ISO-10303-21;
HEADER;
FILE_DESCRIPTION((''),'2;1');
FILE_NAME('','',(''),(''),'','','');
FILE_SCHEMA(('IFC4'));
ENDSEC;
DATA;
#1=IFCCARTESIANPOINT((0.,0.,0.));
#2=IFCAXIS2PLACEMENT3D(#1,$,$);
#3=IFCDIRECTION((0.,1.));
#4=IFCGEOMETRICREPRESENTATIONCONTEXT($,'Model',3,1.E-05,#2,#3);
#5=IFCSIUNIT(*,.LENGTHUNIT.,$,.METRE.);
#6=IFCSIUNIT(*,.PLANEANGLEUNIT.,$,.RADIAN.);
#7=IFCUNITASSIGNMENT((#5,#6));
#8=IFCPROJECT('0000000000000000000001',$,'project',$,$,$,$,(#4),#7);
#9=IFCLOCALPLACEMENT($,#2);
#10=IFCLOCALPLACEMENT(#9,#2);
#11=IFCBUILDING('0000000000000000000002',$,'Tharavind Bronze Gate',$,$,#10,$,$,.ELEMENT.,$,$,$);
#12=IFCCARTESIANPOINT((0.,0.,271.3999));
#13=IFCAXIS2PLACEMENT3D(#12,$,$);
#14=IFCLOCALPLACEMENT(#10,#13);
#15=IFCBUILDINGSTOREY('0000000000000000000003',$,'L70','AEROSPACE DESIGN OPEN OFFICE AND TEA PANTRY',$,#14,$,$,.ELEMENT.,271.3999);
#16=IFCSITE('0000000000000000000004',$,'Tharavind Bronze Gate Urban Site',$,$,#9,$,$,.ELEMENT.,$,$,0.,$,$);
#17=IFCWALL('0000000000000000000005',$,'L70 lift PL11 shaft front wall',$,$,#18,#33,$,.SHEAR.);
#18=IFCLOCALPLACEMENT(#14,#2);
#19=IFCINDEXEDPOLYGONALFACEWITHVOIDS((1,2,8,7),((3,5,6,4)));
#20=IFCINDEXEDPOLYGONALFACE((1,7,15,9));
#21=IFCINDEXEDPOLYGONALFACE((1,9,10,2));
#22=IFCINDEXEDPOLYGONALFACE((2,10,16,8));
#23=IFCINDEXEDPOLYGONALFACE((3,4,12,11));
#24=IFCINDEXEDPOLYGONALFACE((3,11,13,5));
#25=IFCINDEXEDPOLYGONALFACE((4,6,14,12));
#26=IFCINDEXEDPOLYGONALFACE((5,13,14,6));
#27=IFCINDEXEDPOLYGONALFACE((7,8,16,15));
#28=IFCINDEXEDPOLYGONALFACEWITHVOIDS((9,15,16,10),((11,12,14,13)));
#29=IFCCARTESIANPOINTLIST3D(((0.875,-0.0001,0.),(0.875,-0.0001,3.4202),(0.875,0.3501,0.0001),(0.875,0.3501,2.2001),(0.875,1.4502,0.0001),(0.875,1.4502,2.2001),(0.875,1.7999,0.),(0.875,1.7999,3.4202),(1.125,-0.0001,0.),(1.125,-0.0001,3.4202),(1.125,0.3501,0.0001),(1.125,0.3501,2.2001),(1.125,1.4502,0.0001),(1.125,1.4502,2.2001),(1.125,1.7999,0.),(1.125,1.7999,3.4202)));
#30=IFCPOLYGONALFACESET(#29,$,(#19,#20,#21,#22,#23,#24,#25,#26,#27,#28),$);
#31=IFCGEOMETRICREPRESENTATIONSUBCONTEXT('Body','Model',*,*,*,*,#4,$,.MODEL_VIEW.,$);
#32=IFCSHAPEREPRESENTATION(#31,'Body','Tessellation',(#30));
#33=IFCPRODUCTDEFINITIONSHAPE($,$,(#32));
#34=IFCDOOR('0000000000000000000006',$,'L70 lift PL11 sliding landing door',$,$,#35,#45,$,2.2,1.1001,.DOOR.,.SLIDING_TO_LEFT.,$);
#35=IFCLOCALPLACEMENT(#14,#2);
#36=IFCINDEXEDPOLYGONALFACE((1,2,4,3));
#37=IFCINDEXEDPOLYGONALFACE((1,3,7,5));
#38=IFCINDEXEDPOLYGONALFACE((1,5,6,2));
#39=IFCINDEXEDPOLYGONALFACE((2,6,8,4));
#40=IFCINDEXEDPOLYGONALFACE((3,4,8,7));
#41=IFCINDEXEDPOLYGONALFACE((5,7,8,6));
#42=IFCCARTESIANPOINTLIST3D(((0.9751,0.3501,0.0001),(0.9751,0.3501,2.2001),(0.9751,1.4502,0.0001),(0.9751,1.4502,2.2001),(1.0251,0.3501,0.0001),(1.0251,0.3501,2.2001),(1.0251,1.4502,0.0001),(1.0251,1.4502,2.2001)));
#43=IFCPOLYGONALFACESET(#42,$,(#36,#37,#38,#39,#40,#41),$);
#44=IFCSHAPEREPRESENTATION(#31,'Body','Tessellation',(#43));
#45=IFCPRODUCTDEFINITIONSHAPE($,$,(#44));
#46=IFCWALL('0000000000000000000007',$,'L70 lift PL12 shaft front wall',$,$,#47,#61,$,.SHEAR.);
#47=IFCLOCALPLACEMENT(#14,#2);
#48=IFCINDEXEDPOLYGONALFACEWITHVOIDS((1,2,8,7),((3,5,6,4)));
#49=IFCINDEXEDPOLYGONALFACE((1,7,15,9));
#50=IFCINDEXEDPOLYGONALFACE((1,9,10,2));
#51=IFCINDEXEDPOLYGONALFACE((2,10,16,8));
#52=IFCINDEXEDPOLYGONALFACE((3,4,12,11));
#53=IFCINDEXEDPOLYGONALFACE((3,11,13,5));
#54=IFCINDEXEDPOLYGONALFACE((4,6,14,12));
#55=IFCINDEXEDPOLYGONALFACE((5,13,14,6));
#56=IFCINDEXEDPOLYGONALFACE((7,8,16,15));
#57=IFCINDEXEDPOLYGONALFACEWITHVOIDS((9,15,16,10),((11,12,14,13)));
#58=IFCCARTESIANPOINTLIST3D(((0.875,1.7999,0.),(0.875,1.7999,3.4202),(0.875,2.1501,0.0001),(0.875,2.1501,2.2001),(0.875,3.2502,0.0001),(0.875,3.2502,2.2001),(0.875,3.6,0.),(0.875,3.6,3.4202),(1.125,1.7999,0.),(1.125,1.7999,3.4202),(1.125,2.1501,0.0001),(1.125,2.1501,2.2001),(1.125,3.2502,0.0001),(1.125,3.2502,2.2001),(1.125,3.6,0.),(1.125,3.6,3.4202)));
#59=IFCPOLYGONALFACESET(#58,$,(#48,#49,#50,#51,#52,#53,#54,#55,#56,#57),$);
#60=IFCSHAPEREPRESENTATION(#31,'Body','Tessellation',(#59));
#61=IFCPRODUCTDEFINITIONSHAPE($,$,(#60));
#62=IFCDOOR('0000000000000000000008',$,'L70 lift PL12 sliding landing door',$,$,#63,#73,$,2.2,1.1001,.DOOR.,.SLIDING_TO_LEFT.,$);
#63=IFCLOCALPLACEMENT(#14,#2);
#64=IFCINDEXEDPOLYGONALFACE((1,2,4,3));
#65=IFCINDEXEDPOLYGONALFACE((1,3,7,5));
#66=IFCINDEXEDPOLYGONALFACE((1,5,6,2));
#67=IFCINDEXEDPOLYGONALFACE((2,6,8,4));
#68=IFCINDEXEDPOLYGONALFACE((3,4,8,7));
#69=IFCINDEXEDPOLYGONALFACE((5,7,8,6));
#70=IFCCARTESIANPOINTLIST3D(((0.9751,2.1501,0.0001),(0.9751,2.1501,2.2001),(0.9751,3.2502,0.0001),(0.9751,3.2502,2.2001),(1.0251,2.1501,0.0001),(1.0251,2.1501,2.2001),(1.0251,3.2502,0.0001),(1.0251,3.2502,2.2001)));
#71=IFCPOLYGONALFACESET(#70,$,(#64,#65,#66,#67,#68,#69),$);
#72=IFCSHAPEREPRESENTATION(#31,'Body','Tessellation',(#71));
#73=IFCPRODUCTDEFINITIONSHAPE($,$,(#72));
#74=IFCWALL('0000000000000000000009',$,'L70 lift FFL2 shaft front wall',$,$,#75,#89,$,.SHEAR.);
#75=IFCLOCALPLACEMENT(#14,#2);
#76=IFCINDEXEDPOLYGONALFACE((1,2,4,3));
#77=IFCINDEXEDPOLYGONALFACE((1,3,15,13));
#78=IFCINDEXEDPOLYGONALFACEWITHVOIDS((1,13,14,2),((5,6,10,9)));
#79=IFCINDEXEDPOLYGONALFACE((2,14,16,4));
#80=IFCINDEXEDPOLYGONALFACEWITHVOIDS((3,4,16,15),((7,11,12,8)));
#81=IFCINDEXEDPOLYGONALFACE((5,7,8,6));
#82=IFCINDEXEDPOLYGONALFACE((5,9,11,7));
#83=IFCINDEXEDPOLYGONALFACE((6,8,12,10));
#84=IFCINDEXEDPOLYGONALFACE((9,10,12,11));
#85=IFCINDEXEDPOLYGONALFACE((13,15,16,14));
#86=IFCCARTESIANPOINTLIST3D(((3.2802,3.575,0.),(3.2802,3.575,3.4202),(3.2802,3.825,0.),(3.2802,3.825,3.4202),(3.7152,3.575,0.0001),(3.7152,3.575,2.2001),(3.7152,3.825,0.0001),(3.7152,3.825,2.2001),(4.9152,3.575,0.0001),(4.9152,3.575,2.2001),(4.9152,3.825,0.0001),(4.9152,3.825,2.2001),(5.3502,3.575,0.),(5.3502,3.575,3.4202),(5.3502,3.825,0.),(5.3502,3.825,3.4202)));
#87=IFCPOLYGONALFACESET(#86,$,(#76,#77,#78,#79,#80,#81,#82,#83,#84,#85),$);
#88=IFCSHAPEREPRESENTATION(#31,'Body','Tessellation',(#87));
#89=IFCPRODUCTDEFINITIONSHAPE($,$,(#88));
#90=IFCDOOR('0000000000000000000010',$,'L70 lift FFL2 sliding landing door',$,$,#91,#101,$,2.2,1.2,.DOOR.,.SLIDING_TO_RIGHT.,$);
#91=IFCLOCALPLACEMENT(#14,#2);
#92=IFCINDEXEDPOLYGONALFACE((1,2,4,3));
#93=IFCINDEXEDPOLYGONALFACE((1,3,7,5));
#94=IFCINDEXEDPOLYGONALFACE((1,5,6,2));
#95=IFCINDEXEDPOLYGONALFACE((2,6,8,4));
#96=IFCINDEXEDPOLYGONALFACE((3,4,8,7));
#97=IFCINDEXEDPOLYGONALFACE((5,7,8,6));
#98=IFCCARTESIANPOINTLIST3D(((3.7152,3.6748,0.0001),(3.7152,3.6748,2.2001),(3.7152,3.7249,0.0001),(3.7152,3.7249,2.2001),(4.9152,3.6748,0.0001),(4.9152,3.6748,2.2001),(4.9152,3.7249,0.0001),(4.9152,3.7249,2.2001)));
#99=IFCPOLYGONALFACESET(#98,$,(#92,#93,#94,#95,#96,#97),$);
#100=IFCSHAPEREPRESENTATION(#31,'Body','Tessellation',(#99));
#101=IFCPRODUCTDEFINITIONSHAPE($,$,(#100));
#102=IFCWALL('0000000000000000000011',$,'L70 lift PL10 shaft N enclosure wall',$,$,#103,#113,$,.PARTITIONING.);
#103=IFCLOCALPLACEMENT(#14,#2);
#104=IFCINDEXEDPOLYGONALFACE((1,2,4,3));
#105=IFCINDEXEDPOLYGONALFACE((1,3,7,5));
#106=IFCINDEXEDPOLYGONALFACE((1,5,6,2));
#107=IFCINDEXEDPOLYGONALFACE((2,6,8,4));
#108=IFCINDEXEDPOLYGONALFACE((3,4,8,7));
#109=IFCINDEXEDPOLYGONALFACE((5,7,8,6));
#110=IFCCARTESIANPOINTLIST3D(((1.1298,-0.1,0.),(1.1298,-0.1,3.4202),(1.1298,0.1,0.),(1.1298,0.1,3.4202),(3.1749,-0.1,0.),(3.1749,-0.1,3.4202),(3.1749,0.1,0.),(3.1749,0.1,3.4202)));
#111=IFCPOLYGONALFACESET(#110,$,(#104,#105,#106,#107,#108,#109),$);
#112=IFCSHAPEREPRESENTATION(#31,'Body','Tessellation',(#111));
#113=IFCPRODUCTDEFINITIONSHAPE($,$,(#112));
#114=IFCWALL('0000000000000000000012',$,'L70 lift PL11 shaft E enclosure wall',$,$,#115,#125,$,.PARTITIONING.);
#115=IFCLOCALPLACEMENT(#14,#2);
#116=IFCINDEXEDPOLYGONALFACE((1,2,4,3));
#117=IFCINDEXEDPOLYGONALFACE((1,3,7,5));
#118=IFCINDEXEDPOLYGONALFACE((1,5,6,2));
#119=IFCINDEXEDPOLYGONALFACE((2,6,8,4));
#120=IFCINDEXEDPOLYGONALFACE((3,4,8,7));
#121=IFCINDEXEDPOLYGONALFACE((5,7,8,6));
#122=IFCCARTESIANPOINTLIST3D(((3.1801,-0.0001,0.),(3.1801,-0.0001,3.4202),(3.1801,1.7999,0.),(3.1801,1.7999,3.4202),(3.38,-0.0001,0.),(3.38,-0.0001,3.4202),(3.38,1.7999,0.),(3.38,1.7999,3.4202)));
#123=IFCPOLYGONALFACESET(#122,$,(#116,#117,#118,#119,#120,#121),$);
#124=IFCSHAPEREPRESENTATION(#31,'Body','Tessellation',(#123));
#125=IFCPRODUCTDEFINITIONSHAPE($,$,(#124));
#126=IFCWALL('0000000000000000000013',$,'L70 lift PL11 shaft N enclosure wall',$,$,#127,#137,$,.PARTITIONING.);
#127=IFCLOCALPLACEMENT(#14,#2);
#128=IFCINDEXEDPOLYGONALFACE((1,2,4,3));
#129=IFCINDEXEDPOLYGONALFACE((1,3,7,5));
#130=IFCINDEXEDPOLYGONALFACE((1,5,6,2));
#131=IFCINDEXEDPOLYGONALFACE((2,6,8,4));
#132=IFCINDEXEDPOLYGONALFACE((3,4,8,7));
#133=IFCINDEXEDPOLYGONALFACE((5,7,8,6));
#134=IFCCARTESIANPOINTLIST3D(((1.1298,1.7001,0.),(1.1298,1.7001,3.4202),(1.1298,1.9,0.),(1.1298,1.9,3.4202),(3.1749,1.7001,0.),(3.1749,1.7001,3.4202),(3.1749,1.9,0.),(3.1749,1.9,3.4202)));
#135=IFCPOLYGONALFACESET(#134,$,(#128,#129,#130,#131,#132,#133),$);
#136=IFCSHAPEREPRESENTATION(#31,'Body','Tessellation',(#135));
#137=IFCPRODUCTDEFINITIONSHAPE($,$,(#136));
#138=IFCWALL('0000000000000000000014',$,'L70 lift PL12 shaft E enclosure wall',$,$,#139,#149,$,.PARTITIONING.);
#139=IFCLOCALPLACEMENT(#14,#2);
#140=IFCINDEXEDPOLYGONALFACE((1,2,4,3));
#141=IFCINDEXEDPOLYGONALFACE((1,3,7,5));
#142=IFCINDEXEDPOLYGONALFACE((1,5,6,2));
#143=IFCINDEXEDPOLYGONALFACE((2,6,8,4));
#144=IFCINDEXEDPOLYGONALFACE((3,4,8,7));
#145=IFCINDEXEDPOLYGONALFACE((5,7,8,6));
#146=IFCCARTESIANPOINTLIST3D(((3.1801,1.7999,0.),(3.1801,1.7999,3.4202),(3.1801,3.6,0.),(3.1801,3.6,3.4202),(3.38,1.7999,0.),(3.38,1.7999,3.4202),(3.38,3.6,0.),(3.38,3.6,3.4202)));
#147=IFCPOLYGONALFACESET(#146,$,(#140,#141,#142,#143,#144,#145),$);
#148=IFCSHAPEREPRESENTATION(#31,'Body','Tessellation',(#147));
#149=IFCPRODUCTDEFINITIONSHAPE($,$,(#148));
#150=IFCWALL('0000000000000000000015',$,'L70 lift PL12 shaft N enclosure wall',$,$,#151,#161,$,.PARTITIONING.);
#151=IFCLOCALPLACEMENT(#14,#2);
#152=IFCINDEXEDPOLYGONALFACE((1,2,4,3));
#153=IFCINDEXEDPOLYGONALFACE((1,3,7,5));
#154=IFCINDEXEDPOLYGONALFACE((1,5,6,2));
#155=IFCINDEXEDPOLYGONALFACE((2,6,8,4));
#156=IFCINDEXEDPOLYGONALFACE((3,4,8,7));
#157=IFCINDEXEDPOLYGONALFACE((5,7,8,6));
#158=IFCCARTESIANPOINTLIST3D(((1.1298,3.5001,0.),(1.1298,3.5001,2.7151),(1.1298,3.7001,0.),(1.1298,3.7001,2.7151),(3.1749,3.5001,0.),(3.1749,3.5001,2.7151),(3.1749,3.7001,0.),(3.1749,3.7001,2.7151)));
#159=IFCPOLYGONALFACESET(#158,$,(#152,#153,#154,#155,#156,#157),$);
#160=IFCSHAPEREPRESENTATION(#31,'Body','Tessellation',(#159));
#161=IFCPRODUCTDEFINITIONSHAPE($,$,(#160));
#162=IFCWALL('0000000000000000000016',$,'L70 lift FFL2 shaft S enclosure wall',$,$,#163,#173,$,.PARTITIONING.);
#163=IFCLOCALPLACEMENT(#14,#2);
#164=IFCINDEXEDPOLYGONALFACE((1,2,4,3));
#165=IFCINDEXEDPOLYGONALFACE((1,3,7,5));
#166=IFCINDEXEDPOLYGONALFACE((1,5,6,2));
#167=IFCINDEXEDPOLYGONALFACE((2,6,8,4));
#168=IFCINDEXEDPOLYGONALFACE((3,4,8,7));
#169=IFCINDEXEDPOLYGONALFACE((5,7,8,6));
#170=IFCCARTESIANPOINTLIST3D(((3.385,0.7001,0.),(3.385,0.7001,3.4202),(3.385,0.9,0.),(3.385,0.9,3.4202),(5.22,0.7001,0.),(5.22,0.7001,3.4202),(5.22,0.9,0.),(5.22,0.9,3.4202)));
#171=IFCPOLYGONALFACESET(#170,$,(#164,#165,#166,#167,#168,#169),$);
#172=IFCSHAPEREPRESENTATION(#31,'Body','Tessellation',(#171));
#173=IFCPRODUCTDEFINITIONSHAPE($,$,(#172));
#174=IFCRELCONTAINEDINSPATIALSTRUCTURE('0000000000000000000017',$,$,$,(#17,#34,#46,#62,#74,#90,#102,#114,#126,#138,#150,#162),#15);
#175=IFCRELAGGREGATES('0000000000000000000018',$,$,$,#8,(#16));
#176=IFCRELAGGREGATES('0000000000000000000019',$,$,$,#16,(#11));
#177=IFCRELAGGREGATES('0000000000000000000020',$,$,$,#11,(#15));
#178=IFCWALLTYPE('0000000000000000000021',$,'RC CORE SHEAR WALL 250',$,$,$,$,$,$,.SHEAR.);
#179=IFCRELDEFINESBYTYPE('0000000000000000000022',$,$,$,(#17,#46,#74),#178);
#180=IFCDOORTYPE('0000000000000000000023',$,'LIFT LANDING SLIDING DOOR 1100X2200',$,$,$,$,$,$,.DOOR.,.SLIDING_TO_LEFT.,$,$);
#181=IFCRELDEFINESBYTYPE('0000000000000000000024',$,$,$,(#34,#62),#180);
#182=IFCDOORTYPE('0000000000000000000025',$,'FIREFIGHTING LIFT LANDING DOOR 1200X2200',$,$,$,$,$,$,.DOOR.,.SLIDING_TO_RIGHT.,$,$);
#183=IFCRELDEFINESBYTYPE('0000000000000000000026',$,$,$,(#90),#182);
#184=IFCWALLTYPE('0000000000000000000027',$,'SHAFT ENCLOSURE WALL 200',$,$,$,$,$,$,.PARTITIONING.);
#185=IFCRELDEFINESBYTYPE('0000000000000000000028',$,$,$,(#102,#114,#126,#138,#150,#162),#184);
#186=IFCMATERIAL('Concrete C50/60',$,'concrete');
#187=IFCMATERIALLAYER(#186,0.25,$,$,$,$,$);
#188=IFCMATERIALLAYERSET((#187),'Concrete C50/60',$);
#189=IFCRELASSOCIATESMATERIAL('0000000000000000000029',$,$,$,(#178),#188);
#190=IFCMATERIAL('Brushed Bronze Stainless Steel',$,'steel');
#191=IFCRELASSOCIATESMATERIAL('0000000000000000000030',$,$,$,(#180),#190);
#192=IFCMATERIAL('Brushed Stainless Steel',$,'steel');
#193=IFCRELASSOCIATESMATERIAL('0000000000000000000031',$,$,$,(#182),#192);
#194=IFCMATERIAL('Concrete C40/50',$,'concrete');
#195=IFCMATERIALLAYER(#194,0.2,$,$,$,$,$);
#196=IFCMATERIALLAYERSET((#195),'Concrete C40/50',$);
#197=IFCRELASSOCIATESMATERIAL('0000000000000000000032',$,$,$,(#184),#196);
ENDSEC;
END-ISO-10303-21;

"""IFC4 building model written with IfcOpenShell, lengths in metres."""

from ifc_helpers import new_model, si_unit, direction, frame, frame_2d, origin, place, context, subcontext, project, spatial, rectangle, extrude, material, layer, layer_set, type_object, element, fill, save


model = new_model("IFC4")

# Units and contexts
model_context = context("Model", 3, precision=1e-05, world=origin(), true_north=direction((0.0, 1.0)))
body_context = subcontext(model_context, "Body", "Model", "MODEL_VIEW")
ifc_project = project(units=[si_unit("LENGTHUNIT", "METRE"), si_unit("PLANEANGLEUNIT", "RADIAN")], contexts=[model_context])

# Site, building, storey
site_placement = place(None, origin())
site = spatial("IfcSite", under=ifc_project, at=site_placement, Name="Tharavind Bronze Gate Urban Site", CompositionType="ELEMENT", RefElevation=0.0)
building_placement = place(site_placement, origin())
building = spatial("IfcBuilding", under=site, at=building_placement, Name="Tharavind Bronze Gate", CompositionType="ELEMENT")
storey_placement = place(building_placement, frame((0.0, 0.0, 271.3999)))
storey = spatial("IfcBuildingStorey", under=building, at=storey_placement, Name="L70", Description="AEROSPACE DESIGN OPEN OFFICE AND TEA PANTRY", CompositionType="ELEMENT", Elevation=271.3999)

# Walls, openings, doors
ifc_material_1 = material(Name="Concrete C50/60", Category="concrete")
ifc_layer_1 = layer(ifc_material_1, 0.25)
ifc_layer_set_1 = layer_set([ifc_layer_1], Name="Concrete C50/60")
wall_type_1 = type_object("IfcWallType", Name="RC CORE SHEAR WALL 250", PredefinedType="SHEAR", material=ifc_layer_set_1)
wall_1_placement = place(storey_placement, frame((1.0, 0.0, 0.0), z_axis=(0.0, 0.0, 1.0), x_axis=(0.0, 1.0, 0.0)))
wall_1 = element("IfcWall", 1, at=wall_1_placement, inside=storey, type_object=wall_type_1, Name="L70 lift PL11 shaft front wall", PredefinedType="SHEAR", context=body_context, shape_type="SweptSolid", body=[
    extrude(rectangle(XDim=1.8, YDim=0.25, at=frame_2d((0.8999, 0.0))), origin(), (0.0, 0.0, 1.0), 3.4202),
])
opening_1_placement = place(wall_1_placement, frame((0.3501, 0.0, 0.0)))
opening_1 = element("IfcOpeningElement", 2, at=opening_1_placement, cuts=wall_1, PredefinedType="OPENING", context=body_context, shape_type="SweptSolid", body=[
    extrude(rectangle(XDim=1.1001, YDim=2.2, at=frame_2d((0.55, 1.1001))), frame((0.0, 0.135, 0.0), z_axis=(0.0, -1.0, 0.0), x_axis=(1.0, 0.0, 0.0)), (0.0, 0.0, 1.0), 0.27),
])
ifc_material_2 = material(Name="Brushed Bronze Stainless Steel", Category="steel")
door_type_1 = type_object("IfcDoorType", Name="LIFT LANDING SLIDING DOOR 1100X2200", OperationType="SLIDING_TO_LEFT", PredefinedType="DOOR", material=ifc_material_2)
door_1_placement = place(opening_1_placement, origin())
door_1 = element("IfcDoor", 3, at=door_1_placement, inside=storey, type_object=door_type_1, Name="L70 lift PL11 sliding landing door", OperationType="SLIDING_TO_LEFT", OverallHeight=2.2, OverallWidth=1.1001, PredefinedType="DOOR", context=body_context, shape_type="SweptSolid", body=[
    extrude(rectangle(XDim=1.1001, YDim=2.2, at=frame_2d((0.55, 1.1001))), frame((0.0, 0.0249, 0.0), z_axis=(0.0, -1.0, 0.0), x_axis=(1.0, 0.0, 0.0)), (0.0, 0.0, 1.0), 0.05),
])
fill(opening_1, door_1)
wall_2_placement = place(storey_placement, frame((1.0, 1.8, 0.0), z_axis=(0.0, 0.0, 1.0), x_axis=(0.0, 1.0, 0.0)))
wall_2 = element("IfcWall", 4, at=wall_2_placement, inside=storey, type_object=wall_type_1, Name="L70 lift PL12 shaft front wall", PredefinedType="SHEAR", context=body_context, shape_type="SweptSolid", body=[
    extrude(rectangle(XDim=1.8, YDim=0.25, at=frame_2d((0.8999, 0.0))), origin(), (0.0, 0.0, 1.0), 3.4202),
])
opening_2_placement = place(wall_2_placement, frame((0.3501, 0.0, 0.0)))
opening_2 = element("IfcOpeningElement", 5, at=opening_2_placement, cuts=wall_2, PredefinedType="OPENING", context=body_context, shape_type="SweptSolid", body=[
    extrude(rectangle(XDim=1.1001, YDim=2.2, at=frame_2d((0.55, 1.1001))), frame((0.0, 0.135, 0.0), z_axis=(0.0, -1.0, 0.0), x_axis=(1.0, 0.0, 0.0)), (0.0, 0.0, 1.0), 0.27),
])
door_2_placement = place(opening_2_placement, origin())
door_2 = element("IfcDoor", 6, at=door_2_placement, inside=storey, type_object=door_type_1, Name="L70 lift PL12 sliding landing door", OperationType="SLIDING_TO_LEFT", OverallHeight=2.2, OverallWidth=1.1001, PredefinedType="DOOR", context=body_context, shape_type="SweptSolid", body=[
    extrude(rectangle(XDim=1.1001, YDim=2.2, at=frame_2d((0.55, 1.1001))), frame((0.0, 0.0249, 0.0), z_axis=(0.0, -1.0, 0.0), x_axis=(1.0, 0.0, 0.0)), (0.0, 0.0, 1.0), 0.05),
])
fill(opening_2, door_2)
wall_3_placement = place(storey_placement, frame((3.28, 3.7, 0.0), z_axis=(0.0, 0.0, 1.0), x_axis=(1.0, 0.0, 0.0)))
wall_3 = element("IfcWall", 7, at=wall_3_placement, inside=storey, type_object=wall_type_1, Name="L70 lift FFL2 shaft front wall", PredefinedType="SHEAR", context=body_context, shape_type="SweptSolid", body=[
    extrude(rectangle(XDim=2.0701, YDim=0.25, at=frame_2d((1.0352, 0.0))), origin(), (0.0, 0.0, 1.0), 3.4202),
])
opening_3_placement = place(wall_3_placement, frame((0.4351, 0.0, 0.0)))
opening_3 = element("IfcOpeningElement", 8, at=opening_3_placement, cuts=wall_3, PredefinedType="OPENING", context=body_context, shape_type="SweptSolid", body=[
    extrude(rectangle(XDim=1.2, YDim=2.2, at=frame_2d((0.6001, 1.1001))), frame((0.0, 0.135, 0.0), z_axis=(0.0, -1.0, 0.0), x_axis=(1.0, 0.0, 0.0)), (0.0, 0.0, 1.0), 0.27),
])
ifc_material_3 = material(Name="Brushed Stainless Steel", Category="steel")
door_type_2 = type_object("IfcDoorType", Name="FIREFIGHTING LIFT LANDING DOOR 1200X2200", OperationType="SLIDING_TO_RIGHT", PredefinedType="DOOR", material=ifc_material_3)
door_3_placement = place(opening_3_placement, origin())
door_3 = element("IfcDoor", 9, at=door_3_placement, inside=storey, type_object=door_type_2, Name="L70 lift FFL2 sliding landing door", OperationType="SLIDING_TO_RIGHT", OverallHeight=2.2, OverallWidth=1.2, PredefinedType="DOOR", context=body_context, shape_type="SweptSolid", body=[
    extrude(rectangle(XDim=1.2, YDim=2.2, at=frame_2d((0.6001, 1.1001))), frame((0.0, 0.0249, 0.0), z_axis=(0.0, -1.0, 0.0), x_axis=(1.0, 0.0, 0.0)), (0.0, 0.0, 1.0), 0.05),
])
fill(opening_3, door_3)

# Walls
ifc_material_4 = material(Name="Concrete C40/50", Category="concrete")
ifc_layer_2 = layer(ifc_material_4, 0.2)
ifc_layer_set_2 = layer_set([ifc_layer_2], Name="Concrete C40/50")
wall_type_2 = type_object("IfcWallType", Name="SHAFT ENCLOSURE WALL 200", PredefinedType="PARTITIONING", material=ifc_layer_set_2)
wall_4_placement = place(storey_placement, frame((1.1299, 0.0, 0.0), z_axis=(0.0, 0.0, 1.0), x_axis=(1.0, 0.0, 0.0)))
element("IfcWall", 10, at=wall_4_placement, inside=storey, type_object=wall_type_2, Name="L70 lift PL10 shaft N enclosure wall", PredefinedType="PARTITIONING", context=body_context, shape_type="SweptSolid", body=[
    extrude(rectangle(XDim=2.0452, YDim=0.2, at=frame_2d((1.0225, 0.0))), origin(), (0.0, 0.0, 1.0), 3.4202),
])
wall_5_placement = place(storey_placement, frame((3.28, 0.0, 0.0), z_axis=(0.0, 0.0, 1.0), x_axis=(0.0, 1.0, 0.0)))
element("IfcWall", 11, at=wall_5_placement, inside=storey, type_object=wall_type_2, Name="L70 lift PL11 shaft E enclosure wall", PredefinedType="PARTITIONING", context=body_context, shape_type="SweptSolid", body=[
    extrude(rectangle(XDim=1.8, YDim=0.2, at=frame_2d((0.8999, 0.0))), origin(), (0.0, 0.0, 1.0), 3.4202),
])
wall_6_placement = place(storey_placement, frame((1.1299, 1.8, 0.0), z_axis=(0.0, 0.0, 1.0), x_axis=(1.0, 0.0, 0.0)))
element("IfcWall", 12, at=wall_6_placement, inside=storey, type_object=wall_type_2, Name="L70 lift PL11 shaft N enclosure wall", PredefinedType="PARTITIONING", context=body_context, shape_type="SweptSolid", body=[
    extrude(rectangle(XDim=2.0452, YDim=0.2, at=frame_2d((1.0225, 0.0))), origin(), (0.0, 0.0, 1.0), 3.4202),
])
wall_7_placement = place(storey_placement, frame((3.28, 1.8, 0.0), z_axis=(0.0, 0.0, 1.0), x_axis=(0.0, 1.0, 0.0)))
element("IfcWall", 13, at=wall_7_placement, inside=storey, type_object=wall_type_2, Name="L70 lift PL12 shaft E enclosure wall", PredefinedType="PARTITIONING", context=body_context, shape_type="SweptSolid", body=[
    extrude(rectangle(XDim=1.8, YDim=0.2, at=frame_2d((0.8999, 0.0))), origin(), (0.0, 0.0, 1.0), 3.4202),
])
wall_8_placement = place(storey_placement, frame((1.1299, 3.6001, 0.0), z_axis=(0.0, 0.0, 1.0), x_axis=(1.0, 0.0, 0.0)))
element("IfcWall", 14, at=wall_8_placement, inside=storey, type_object=wall_type_2, Name="L70 lift PL12 shaft N enclosure wall", PredefinedType="PARTITIONING", context=body_context, shape_type="SweptSolid", body=[
    extrude(rectangle(XDim=2.0452, YDim=0.2, at=frame_2d((1.0225, 0.0))), origin(), (0.0, 0.0, 1.0), 2.7151),
])
wall_9_placement = place(storey_placement, frame((3.385, 0.8, 0.0), z_axis=(0.0, 0.0, 1.0), x_axis=(1.0, 0.0, 0.0)))
element("IfcWall", 15, at=wall_9_placement, inside=storey, type_object=wall_type_2, Name="L70 lift FFL2 shaft S enclosure wall", PredefinedType="PARTITIONING", context=body_context, shape_type="SweptSolid", body=[
    extrude(rectangle(XDim=1.835, YDim=0.2, at=frame_2d((0.9175, 0.0))), origin(), (0.0, 0.0, 1.0), 3.4202),
])

save(model, "model.ifc")
